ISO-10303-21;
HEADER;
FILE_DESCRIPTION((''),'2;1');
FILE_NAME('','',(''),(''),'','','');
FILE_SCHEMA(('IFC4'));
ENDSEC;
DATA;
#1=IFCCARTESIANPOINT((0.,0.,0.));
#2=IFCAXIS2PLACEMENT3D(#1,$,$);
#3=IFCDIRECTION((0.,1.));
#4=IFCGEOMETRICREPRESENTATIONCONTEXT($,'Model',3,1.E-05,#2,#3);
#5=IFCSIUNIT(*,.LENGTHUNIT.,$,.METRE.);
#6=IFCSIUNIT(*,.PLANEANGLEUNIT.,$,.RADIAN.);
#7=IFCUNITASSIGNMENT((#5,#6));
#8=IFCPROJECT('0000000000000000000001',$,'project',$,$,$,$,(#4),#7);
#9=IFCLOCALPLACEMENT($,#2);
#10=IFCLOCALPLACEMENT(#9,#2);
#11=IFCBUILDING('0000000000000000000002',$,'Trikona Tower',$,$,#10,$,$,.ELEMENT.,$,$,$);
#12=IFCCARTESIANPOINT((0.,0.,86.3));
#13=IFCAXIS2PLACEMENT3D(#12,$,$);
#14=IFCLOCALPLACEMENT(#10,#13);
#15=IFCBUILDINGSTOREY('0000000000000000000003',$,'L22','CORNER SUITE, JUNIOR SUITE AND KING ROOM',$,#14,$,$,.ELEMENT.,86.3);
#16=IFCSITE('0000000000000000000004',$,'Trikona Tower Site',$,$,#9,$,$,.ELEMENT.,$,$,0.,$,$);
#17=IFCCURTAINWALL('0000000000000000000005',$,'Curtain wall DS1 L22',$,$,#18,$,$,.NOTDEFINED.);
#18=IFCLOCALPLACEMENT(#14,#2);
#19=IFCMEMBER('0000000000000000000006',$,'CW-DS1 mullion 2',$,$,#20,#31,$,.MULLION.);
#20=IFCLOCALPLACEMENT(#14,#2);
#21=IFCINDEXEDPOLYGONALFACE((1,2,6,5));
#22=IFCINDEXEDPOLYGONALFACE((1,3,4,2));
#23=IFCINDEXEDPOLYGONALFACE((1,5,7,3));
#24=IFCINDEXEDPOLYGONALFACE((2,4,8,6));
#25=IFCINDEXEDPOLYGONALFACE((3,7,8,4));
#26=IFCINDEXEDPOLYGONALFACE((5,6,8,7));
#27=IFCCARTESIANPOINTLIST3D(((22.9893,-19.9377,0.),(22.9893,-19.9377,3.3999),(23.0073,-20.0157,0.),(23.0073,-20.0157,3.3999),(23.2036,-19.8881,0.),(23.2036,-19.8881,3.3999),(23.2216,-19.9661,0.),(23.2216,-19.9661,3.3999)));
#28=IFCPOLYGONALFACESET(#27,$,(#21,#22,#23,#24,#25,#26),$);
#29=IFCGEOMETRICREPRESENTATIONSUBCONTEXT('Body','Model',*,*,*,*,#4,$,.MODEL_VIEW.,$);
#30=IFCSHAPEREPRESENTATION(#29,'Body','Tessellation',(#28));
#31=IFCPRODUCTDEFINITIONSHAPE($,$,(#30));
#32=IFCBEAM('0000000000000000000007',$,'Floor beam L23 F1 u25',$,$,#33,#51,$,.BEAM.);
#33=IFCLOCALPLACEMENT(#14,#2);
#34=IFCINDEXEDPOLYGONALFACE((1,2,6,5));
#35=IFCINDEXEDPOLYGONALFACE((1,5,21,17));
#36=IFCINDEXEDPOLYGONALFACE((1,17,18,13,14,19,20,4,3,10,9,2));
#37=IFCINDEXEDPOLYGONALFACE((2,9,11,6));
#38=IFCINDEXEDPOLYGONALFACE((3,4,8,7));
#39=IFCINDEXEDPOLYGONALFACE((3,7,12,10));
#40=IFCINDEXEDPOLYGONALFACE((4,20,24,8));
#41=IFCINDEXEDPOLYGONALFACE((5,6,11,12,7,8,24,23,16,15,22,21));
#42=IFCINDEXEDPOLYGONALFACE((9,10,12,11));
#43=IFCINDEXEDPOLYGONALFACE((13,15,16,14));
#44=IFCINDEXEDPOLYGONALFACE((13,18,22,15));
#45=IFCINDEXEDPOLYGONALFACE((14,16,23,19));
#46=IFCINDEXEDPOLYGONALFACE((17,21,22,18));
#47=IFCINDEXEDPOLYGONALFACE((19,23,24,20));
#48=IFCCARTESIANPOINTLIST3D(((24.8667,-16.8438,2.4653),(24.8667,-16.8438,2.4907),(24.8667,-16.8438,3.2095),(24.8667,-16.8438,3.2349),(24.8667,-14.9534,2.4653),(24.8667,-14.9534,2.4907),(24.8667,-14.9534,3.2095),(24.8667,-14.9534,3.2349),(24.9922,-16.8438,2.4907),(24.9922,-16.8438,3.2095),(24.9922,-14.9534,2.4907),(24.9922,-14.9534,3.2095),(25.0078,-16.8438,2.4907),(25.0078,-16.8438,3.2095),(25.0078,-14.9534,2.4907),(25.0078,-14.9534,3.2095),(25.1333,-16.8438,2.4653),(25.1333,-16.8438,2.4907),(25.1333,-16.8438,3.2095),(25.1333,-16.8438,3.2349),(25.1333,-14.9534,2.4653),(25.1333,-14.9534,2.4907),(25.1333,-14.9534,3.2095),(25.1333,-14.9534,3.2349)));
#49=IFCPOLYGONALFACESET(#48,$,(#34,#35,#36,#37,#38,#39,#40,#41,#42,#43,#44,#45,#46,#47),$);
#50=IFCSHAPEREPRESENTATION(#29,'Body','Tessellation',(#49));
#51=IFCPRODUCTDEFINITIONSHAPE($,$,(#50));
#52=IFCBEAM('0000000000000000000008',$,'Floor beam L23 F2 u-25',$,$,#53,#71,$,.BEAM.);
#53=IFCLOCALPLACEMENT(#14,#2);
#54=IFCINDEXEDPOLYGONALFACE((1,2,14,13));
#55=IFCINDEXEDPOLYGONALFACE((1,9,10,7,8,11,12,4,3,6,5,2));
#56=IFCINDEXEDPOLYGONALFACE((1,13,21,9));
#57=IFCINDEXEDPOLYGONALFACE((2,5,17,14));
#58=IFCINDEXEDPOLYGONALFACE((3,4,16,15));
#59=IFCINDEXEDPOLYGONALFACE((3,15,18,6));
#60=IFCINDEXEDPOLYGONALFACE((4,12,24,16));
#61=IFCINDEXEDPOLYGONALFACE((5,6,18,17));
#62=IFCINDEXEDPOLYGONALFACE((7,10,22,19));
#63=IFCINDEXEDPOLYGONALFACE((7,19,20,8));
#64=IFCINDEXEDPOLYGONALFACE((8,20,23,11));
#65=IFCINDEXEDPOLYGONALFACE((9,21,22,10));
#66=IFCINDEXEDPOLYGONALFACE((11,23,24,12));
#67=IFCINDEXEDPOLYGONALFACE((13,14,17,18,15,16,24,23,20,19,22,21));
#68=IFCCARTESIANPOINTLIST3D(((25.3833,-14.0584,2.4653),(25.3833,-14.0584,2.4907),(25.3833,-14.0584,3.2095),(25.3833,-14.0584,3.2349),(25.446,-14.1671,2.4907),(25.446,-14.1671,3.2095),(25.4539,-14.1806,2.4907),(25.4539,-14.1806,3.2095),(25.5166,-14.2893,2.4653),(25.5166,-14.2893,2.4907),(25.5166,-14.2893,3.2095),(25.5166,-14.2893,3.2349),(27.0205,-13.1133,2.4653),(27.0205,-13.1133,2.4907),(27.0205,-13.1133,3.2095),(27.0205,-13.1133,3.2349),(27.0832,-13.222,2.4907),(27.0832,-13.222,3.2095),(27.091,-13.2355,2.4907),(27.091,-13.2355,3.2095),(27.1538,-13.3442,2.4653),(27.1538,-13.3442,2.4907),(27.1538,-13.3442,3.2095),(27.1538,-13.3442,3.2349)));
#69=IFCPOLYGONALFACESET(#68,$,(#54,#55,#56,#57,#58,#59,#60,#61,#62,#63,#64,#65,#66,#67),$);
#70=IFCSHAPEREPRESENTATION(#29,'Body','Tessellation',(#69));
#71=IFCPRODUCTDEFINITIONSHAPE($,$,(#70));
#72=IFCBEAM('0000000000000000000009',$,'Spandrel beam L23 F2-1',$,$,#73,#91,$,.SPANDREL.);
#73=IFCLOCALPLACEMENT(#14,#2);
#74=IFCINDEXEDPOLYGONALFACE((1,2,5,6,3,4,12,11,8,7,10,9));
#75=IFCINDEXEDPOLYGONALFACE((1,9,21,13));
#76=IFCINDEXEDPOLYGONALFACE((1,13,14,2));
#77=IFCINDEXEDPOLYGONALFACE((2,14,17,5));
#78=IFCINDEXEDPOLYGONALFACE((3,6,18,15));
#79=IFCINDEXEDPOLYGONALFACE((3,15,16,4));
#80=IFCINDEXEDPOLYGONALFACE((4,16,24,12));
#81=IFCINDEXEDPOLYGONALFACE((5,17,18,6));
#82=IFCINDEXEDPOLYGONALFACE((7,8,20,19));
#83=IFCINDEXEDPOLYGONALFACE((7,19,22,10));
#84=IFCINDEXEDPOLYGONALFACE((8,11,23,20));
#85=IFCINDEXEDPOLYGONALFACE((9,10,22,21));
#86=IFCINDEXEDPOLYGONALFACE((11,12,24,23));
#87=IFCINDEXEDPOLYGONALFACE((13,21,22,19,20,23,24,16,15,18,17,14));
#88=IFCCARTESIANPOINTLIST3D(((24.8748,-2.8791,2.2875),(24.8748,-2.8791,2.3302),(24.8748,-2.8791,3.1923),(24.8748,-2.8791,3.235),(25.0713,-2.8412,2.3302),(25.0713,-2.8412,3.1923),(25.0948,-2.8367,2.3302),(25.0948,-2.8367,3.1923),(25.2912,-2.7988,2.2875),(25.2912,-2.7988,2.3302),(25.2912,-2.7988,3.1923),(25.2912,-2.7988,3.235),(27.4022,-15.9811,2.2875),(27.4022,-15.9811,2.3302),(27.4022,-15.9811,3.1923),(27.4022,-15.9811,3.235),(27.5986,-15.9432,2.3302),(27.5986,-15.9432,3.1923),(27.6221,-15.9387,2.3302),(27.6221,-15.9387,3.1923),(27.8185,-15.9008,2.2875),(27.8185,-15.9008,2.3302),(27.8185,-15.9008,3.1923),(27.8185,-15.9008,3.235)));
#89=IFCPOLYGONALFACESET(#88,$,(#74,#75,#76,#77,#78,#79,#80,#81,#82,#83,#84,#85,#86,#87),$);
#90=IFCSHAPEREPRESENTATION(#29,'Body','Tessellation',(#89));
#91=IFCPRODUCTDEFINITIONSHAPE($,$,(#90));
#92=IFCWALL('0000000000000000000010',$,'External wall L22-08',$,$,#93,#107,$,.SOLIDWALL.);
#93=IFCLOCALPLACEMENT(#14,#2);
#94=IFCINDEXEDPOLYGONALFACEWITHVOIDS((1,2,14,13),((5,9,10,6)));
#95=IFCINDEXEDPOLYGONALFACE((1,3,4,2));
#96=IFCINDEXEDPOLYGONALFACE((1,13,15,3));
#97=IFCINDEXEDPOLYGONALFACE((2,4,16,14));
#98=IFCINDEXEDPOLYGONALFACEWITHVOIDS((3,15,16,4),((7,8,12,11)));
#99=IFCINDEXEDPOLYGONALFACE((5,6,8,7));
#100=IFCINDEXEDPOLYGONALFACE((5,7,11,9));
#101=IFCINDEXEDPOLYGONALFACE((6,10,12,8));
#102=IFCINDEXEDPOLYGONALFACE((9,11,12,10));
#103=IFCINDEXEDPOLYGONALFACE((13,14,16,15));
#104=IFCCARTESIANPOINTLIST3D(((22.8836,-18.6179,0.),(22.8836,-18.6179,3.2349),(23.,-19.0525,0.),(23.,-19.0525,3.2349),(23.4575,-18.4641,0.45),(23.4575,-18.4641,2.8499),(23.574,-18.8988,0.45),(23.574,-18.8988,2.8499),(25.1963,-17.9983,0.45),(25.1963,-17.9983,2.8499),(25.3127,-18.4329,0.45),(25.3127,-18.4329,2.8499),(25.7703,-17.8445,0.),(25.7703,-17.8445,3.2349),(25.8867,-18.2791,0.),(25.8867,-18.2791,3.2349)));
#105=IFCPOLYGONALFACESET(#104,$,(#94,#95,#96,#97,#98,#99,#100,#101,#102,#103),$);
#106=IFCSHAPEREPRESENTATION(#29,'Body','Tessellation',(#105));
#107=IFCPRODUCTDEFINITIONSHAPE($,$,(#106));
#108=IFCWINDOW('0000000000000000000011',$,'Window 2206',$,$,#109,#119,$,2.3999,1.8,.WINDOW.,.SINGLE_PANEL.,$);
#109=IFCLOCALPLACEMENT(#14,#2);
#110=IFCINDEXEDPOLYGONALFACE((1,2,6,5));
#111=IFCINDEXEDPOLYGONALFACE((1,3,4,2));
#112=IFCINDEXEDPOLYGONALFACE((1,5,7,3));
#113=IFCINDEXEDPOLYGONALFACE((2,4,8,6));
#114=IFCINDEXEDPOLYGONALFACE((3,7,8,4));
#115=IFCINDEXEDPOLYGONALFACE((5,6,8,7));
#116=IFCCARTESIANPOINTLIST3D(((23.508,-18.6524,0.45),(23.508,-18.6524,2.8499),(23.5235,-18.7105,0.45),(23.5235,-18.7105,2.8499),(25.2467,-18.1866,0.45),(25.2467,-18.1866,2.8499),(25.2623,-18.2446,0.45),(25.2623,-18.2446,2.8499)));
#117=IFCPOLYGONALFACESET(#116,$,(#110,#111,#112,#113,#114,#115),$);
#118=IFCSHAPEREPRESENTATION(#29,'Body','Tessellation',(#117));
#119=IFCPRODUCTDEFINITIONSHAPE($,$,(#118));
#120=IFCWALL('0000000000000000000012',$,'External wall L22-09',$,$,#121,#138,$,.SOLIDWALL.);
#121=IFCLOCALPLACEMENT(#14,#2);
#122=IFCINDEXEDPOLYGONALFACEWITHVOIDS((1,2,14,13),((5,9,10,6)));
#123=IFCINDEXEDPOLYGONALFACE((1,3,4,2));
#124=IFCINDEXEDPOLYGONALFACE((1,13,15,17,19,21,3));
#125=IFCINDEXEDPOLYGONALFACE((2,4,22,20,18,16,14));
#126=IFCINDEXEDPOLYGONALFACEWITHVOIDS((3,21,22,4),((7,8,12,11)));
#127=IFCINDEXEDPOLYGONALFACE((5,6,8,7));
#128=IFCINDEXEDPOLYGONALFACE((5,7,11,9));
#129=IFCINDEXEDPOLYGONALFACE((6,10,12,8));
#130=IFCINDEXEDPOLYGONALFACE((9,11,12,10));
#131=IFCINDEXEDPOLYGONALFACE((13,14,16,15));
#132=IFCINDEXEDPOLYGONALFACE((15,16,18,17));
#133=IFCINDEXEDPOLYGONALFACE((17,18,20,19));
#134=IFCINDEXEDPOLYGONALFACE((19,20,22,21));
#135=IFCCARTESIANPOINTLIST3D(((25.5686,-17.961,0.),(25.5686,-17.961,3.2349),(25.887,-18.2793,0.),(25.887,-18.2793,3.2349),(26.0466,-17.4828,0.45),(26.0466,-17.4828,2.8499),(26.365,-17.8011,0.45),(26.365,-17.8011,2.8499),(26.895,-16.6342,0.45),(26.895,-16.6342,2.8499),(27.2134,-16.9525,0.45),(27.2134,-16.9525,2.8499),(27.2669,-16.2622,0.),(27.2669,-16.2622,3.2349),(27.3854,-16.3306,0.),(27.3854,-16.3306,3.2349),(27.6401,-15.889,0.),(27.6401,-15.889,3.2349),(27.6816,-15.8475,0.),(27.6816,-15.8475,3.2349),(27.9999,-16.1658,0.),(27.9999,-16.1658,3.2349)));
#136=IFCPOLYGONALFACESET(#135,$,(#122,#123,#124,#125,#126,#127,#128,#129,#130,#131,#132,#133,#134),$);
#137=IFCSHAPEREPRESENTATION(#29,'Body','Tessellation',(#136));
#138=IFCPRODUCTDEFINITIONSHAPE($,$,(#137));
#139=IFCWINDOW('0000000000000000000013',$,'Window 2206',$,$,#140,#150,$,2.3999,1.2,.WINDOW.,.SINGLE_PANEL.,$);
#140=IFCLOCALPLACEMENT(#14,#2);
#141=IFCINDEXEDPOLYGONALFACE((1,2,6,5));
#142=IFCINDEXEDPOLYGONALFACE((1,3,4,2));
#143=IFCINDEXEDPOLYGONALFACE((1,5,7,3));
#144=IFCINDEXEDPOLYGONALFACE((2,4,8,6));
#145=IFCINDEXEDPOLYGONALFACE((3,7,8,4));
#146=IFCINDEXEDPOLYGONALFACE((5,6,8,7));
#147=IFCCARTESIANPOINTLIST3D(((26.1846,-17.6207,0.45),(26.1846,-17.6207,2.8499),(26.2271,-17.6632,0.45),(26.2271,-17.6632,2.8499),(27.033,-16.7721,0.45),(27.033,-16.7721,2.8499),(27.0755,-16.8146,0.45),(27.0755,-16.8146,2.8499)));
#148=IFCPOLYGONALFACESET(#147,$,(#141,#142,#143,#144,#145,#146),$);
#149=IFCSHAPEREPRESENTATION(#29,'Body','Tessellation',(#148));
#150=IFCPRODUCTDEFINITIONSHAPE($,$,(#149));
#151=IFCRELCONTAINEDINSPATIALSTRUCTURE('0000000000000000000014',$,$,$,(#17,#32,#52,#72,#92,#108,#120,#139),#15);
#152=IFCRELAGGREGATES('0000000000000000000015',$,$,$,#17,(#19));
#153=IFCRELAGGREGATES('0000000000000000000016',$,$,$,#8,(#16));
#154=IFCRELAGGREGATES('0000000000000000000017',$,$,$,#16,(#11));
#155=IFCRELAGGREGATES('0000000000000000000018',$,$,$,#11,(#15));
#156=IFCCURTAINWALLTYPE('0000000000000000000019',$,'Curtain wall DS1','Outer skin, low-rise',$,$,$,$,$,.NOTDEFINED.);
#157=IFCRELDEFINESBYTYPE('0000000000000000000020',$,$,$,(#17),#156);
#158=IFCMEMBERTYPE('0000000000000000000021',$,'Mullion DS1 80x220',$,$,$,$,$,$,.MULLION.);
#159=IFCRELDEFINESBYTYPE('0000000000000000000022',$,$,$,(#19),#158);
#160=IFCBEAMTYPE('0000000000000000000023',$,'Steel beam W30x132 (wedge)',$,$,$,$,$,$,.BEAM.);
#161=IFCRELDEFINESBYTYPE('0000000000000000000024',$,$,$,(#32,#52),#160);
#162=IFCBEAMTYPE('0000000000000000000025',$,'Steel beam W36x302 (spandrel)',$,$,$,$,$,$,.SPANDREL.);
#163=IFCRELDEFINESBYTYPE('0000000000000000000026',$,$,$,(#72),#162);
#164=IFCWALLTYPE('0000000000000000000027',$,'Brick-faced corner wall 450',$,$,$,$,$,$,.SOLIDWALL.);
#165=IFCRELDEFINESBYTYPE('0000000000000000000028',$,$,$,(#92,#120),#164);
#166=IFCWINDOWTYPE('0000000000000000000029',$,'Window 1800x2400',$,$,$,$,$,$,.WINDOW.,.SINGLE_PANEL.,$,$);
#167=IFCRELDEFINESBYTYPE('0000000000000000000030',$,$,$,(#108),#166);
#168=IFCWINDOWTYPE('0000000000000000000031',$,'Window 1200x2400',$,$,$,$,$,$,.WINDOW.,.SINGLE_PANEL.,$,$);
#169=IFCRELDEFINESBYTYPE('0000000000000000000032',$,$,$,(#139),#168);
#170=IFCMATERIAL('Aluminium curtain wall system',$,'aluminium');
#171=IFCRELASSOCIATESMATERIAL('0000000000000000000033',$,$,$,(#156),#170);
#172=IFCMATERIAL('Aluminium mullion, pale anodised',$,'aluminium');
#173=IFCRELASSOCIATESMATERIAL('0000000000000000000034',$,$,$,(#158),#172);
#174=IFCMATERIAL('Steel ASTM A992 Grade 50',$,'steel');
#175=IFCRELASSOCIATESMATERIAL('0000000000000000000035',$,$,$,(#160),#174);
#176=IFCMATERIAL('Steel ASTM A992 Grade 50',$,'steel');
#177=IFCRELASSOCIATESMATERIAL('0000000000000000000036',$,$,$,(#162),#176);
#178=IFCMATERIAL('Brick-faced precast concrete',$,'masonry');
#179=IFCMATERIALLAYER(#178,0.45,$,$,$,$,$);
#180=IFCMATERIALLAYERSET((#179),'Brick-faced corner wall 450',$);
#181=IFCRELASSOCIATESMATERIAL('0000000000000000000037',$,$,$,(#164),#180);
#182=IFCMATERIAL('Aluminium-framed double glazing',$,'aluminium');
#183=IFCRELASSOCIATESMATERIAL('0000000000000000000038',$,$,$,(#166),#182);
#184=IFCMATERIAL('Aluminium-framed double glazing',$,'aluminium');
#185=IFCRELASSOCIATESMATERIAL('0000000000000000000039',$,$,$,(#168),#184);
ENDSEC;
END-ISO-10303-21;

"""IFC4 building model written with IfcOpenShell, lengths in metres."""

from ifc_helpers import new_model, si_unit, direction, frame, frame_2d, origin, origin_2d, place, context, subcontext, project, spatial, polyline, rectangle, i_section, outline, extrude, material, layer, layer_set, material_profile, profile_set, type_object, element, fill, aggregate, save


model = new_model("IFC4")

# Units and contexts
model_context = context("Model", 3, precision=1e-05, world=origin(), true_north=direction((0.0, 1.0)))
body_context = subcontext(model_context, "Body", "Model", "MODEL_VIEW")
ifc_project = project(units=[si_unit("LENGTHUNIT", "METRE"), si_unit("PLANEANGLEUNIT", "RADIAN")], contexts=[model_context])

# Site, building, storey
site_placement = place(None, origin())
site = spatial("IfcSite", under=ifc_project, at=site_placement, Name="Trikona Tower Site", CompositionType="ELEMENT", RefElevation=0.0)
building_placement = place(site_placement, origin())
building = spatial("IfcBuilding", under=site, at=building_placement, Name="Trikona Tower", CompositionType="ELEMENT")
storey_placement = place(building_placement, frame((0.0, 0.0, 86.3)))
storey = spatial("IfcBuildingStorey", under=building, at=storey_placement, Name="L22", Description="CORNER SUITE, JUNIOR SUITE AND KING ROOM", CompositionType="ELEMENT", Elevation=86.3)

# Curtain wall, member
ifc_material_1 = material(Name="Aluminium curtain wall system", Category="aluminium")
curtain_wall_type = type_object("IfcCurtainWallType", Name="Curtain wall DS1", Description="Outer skin, low-rise", PredefinedType="NOTDEFINED", material=ifc_material_1)
curtain_wall_placement = place(storey_placement, origin())
curtain_wall = element("IfcCurtainWall", 1, at=curtain_wall_placement, inside=storey, type_object=curtain_wall_type, Name="Curtain wall DS1 L22", PredefinedType="NOTDEFINED")
ifc_material_2 = material(Name="Aluminium mullion, pale anodised", Category="aluminium")
ifc_material_profile_1 = material_profile(ifc_material_2, rectangle(XDim=0.0801, YDim=0.22, at=origin_2d()), Name="MUL-DS1")
ifc_profile_set_1 = profile_set([ifc_material_profile_1], Name="Aluminium mullion, pale anodised")
member_type = type_object("IfcMemberType", Name="Mullion DS1 80x220", PredefinedType="MULLION", material=ifc_profile_set_1)
member_placement = place(storey_placement, frame((23.1055, -19.9519, 0.0), z_axis=(0.0, 0.0, 1.0), x_axis=(-0.225343, 0.974279, 0.0)))
member = element("IfcMember", 2, at=member_placement, type_object=member_type, Name="CW-DS1 mullion 2", PredefinedType="MULLION", context=body_context, shape_type="SweptSolid", body=[
    extrude(rectangle(XDim=0.0801, YDim=0.22, at=origin_2d()), origin(), (0.0, 0.0, 1.0), 3.3999),
])
aggregate(curtain_wall, [member])

# Beams
ifc_material_3 = material(Name="Steel ASTM A992 Grade 50", Category="steel")
ifc_material_profile_2 = material_profile(ifc_material_3, i_section(OverallWidth=0.2666, OverallDepth=0.7695, WebThickness=0.0156, FlangeThickness=0.0254, at=origin_2d()), Name="W30X132")
ifc_profile_set_2 = profile_set([ifc_material_profile_2], Name="Steel ASTM A992 Grade 50")
beam_type_1 = type_object("IfcBeamType", Name="Steel beam W30x132 (wedge)", PredefinedType="BEAM", material=ifc_profile_set_2)
for number, where, z_axis, x_axis, name in (
    (3, (25.0, -14.9534, 2.8501), (0.0, -1.0, 0.0), (1.0, 0.0, 0.0), "Floor beam L23 F1 u25"),
    (4, (25.45, -14.1738, 2.8501), (0.866065, 0.499931, 0.0), (-0.499931, 0.866065, 0.0), "Floor beam L23 F2 u-25"),
):
    element("IfcBeam", number, at=place(storey_placement, frame(where, z_axis=z_axis, x_axis=x_axis)), inside=storey, type_object=beam_type_1, Name=name, PredefinedType="BEAM", context=body_context, shape_type="SweptSolid", body=[
        extrude(i_section(OverallWidth=0.2666, OverallDepth=0.7695, WebThickness=0.0156, FlangeThickness=0.0254, at=origin_2d()), origin(), (0.0, 0.0, 1.0), 1.8904),
    ])
ifc_material_4 = material(Name="Steel ASTM A992 Grade 50", Category="steel")
ifc_material_profile_3 = material_profile(ifc_material_4, i_section(OverallWidth=0.4241, OverallDepth=0.9475, WebThickness=0.0239, FlangeThickness=0.0427, at=origin_2d()), Name="W36X302")
ifc_profile_set_3 = profile_set([ifc_material_profile_3], Name="Steel ASTM A992 Grade 50")
beam_type_2 = type_object("IfcBeamType", Name="Steel beam W36x302 (spandrel)", PredefinedType="SPANDREL", material=ifc_profile_set_3)
beam_placement = place(storey_placement, frame((27.6104, -15.9409, 2.7612), z_axis=(-0.189405, 0.981899, 0.0), x_axis=(-0.981899, -0.189405, 0.0)))
element("IfcBeam", 5, at=beam_placement, inside=storey, type_object=beam_type_2, Name="Spandrel beam L23 F2-1", PredefinedType="SPANDREL", context=body_context, shape_type="SweptSolid", body=[
    extrude(i_section(OverallWidth=0.4241, OverallDepth=0.9475, WebThickness=0.0239, FlangeThickness=0.0427, at=origin_2d()), origin(), (0.0, 0.0, 1.0), 13.3435),
])

# Walls, openings, windows
ifc_material_5 = material(Name="Brick-faced precast concrete", Category="masonry")
ifc_layer_1 = layer(ifc_material_5, 0.45)
ifc_layer_set_1 = layer_set([ifc_layer_1], Name="Brick-faced corner wall 450")
wall_type_1 = type_object("IfcWallType", Name="Brick-faced corner wall 450", PredefinedType="SOLIDWALL", material=ifc_layer_set_1)
wall_1_placement = place(storey_placement, frame((22.9419, -18.8352, 0.0), z_axis=(0.0, 0.0, 1.0), x_axis=(0.965931, 0.258801, 0.0)))
wall_1 = element("IfcWall", 6, at=wall_1_placement, inside=storey, type_object=wall_type_1, Name="External wall L22-08", PredefinedType="SOLIDWALL", context=body_context, shape_type="SweptSolid", body=[
    extrude(rectangle(XDim=2.9885, YDim=0.45, at=frame_2d((1.4941, 0.0))), origin(), (0.0, 0.0, 1.0), 3.2349),
])
opening_1_placement = place(wall_1_placement, frame((0.5942, 0.0, 0.45)))
opening_1 = element("IfcOpeningElement", 7, at=opening_1_placement, cuts=wall_1, PredefinedType="OPENING", context=body_context, shape_type="SweptSolid", body=[
    extrude(rectangle(XDim=1.8, YDim=2.3999, at=frame_2d((0.8999, 1.2))), frame((0.0, 0.2349, 0.0), z_axis=(0.0, -1.0, 0.0), x_axis=(1.0, 0.0, 0.0)), (0.0, 0.0, 1.0), 0.47),
])
ifc_material_6 = material(Name="Aluminium-framed double glazing", Category="aluminium")
window_type_1 = type_object("IfcWindowType", Name="Window 1800x2400", PartitioningType="SINGLE_PANEL", PredefinedType="WINDOW", material=ifc_material_6)
window_1_placement = place(opening_1_placement, origin())
window_1 = element("IfcWindow", 8, at=window_1_placement, inside=storey, type_object=window_type_1, Name="Window 2206", OverallHeight=2.3999, OverallWidth=1.8, PartitioningType="SINGLE_PANEL", PredefinedType="WINDOW", context=body_context, shape_type="SweptSolid", body=[
    extrude(rectangle(XDim=1.8, YDim=2.3999, at=frame_2d((0.8999, 1.2))), frame((0.0, 0.03, 0.0), z_axis=(0.0, -1.0, 0.0), x_axis=(1.0, 0.0, 0.0)), (0.0, 0.0, 1.0), 0.0601),
])
fill(opening_1, window_1)
wall_2_placement = place(storey_placement, frame((25.7278, -18.1201, 0.0), z_axis=(0.0, 0.0, 1.0), x_axis=(0.707025, 0.707188, 0.0)))
wall_2 = element("IfcWall", 9, at=wall_2_placement, inside=storey, type_object=wall_type_1, Name="External wall L22-09", PredefinedType="SOLIDWALL", context=body_context, shape_type="SweptSolid", body=[
    extrude(outline(polyline([(2.9885, 0.2251), (2.9299, 0.2251), (2.4375, 0.093), (2.4021, 0.2251), (0.0, 0.2251), (0.0, -0.2251), (2.9885, -0.2251), (2.9885, 0.2251)])), origin(), (0.0, 0.0, 1.0), 3.2349),
])
opening_2_placement = place(wall_2_placement, frame((0.676, 0.0, 0.45)))
opening_2 = element("IfcOpeningElement", 10, at=opening_2_placement, cuts=wall_2, PredefinedType="OPENING", context=body_context, shape_type="SweptSolid", body=[
    extrude(rectangle(XDim=1.2, YDim=2.3999, at=frame_2d((0.6001, 1.2))), frame((0.0, 0.2349, 0.0), z_axis=(0.0, -1.0, 0.0), x_axis=(1.0, 0.0, 0.0)), (0.0, 0.0, 1.0), 0.47),
])
ifc_material_7 = material(Name="Aluminium-framed double glazing", Category="aluminium")
window_type_2 = type_object("IfcWindowType", Name="Window 1200x2400", PartitioningType="SINGLE_PANEL", PredefinedType="WINDOW", material=ifc_material_7)
window_2_placement = place(opening_2_placement, origin())
window_2 = element("IfcWindow", 11, at=window_2_placement, inside=storey, type_object=window_type_2, Name="Window 2206", OverallHeight=2.3999, OverallWidth=1.2, PartitioningType="SINGLE_PANEL", PredefinedType="WINDOW", context=body_context, shape_type="SweptSolid", body=[
    extrude(rectangle(XDim=1.2, YDim=2.3999, at=frame_2d((0.6001, 1.2))), frame((0.0, 0.03, 0.0), z_axis=(0.0, -1.0, 0.0), x_axis=(1.0, 0.0, 0.0)), (0.0, 0.0, 1.0), 0.0601),
])
fill(opening_2, window_2)

save(model, "model.ifc")
